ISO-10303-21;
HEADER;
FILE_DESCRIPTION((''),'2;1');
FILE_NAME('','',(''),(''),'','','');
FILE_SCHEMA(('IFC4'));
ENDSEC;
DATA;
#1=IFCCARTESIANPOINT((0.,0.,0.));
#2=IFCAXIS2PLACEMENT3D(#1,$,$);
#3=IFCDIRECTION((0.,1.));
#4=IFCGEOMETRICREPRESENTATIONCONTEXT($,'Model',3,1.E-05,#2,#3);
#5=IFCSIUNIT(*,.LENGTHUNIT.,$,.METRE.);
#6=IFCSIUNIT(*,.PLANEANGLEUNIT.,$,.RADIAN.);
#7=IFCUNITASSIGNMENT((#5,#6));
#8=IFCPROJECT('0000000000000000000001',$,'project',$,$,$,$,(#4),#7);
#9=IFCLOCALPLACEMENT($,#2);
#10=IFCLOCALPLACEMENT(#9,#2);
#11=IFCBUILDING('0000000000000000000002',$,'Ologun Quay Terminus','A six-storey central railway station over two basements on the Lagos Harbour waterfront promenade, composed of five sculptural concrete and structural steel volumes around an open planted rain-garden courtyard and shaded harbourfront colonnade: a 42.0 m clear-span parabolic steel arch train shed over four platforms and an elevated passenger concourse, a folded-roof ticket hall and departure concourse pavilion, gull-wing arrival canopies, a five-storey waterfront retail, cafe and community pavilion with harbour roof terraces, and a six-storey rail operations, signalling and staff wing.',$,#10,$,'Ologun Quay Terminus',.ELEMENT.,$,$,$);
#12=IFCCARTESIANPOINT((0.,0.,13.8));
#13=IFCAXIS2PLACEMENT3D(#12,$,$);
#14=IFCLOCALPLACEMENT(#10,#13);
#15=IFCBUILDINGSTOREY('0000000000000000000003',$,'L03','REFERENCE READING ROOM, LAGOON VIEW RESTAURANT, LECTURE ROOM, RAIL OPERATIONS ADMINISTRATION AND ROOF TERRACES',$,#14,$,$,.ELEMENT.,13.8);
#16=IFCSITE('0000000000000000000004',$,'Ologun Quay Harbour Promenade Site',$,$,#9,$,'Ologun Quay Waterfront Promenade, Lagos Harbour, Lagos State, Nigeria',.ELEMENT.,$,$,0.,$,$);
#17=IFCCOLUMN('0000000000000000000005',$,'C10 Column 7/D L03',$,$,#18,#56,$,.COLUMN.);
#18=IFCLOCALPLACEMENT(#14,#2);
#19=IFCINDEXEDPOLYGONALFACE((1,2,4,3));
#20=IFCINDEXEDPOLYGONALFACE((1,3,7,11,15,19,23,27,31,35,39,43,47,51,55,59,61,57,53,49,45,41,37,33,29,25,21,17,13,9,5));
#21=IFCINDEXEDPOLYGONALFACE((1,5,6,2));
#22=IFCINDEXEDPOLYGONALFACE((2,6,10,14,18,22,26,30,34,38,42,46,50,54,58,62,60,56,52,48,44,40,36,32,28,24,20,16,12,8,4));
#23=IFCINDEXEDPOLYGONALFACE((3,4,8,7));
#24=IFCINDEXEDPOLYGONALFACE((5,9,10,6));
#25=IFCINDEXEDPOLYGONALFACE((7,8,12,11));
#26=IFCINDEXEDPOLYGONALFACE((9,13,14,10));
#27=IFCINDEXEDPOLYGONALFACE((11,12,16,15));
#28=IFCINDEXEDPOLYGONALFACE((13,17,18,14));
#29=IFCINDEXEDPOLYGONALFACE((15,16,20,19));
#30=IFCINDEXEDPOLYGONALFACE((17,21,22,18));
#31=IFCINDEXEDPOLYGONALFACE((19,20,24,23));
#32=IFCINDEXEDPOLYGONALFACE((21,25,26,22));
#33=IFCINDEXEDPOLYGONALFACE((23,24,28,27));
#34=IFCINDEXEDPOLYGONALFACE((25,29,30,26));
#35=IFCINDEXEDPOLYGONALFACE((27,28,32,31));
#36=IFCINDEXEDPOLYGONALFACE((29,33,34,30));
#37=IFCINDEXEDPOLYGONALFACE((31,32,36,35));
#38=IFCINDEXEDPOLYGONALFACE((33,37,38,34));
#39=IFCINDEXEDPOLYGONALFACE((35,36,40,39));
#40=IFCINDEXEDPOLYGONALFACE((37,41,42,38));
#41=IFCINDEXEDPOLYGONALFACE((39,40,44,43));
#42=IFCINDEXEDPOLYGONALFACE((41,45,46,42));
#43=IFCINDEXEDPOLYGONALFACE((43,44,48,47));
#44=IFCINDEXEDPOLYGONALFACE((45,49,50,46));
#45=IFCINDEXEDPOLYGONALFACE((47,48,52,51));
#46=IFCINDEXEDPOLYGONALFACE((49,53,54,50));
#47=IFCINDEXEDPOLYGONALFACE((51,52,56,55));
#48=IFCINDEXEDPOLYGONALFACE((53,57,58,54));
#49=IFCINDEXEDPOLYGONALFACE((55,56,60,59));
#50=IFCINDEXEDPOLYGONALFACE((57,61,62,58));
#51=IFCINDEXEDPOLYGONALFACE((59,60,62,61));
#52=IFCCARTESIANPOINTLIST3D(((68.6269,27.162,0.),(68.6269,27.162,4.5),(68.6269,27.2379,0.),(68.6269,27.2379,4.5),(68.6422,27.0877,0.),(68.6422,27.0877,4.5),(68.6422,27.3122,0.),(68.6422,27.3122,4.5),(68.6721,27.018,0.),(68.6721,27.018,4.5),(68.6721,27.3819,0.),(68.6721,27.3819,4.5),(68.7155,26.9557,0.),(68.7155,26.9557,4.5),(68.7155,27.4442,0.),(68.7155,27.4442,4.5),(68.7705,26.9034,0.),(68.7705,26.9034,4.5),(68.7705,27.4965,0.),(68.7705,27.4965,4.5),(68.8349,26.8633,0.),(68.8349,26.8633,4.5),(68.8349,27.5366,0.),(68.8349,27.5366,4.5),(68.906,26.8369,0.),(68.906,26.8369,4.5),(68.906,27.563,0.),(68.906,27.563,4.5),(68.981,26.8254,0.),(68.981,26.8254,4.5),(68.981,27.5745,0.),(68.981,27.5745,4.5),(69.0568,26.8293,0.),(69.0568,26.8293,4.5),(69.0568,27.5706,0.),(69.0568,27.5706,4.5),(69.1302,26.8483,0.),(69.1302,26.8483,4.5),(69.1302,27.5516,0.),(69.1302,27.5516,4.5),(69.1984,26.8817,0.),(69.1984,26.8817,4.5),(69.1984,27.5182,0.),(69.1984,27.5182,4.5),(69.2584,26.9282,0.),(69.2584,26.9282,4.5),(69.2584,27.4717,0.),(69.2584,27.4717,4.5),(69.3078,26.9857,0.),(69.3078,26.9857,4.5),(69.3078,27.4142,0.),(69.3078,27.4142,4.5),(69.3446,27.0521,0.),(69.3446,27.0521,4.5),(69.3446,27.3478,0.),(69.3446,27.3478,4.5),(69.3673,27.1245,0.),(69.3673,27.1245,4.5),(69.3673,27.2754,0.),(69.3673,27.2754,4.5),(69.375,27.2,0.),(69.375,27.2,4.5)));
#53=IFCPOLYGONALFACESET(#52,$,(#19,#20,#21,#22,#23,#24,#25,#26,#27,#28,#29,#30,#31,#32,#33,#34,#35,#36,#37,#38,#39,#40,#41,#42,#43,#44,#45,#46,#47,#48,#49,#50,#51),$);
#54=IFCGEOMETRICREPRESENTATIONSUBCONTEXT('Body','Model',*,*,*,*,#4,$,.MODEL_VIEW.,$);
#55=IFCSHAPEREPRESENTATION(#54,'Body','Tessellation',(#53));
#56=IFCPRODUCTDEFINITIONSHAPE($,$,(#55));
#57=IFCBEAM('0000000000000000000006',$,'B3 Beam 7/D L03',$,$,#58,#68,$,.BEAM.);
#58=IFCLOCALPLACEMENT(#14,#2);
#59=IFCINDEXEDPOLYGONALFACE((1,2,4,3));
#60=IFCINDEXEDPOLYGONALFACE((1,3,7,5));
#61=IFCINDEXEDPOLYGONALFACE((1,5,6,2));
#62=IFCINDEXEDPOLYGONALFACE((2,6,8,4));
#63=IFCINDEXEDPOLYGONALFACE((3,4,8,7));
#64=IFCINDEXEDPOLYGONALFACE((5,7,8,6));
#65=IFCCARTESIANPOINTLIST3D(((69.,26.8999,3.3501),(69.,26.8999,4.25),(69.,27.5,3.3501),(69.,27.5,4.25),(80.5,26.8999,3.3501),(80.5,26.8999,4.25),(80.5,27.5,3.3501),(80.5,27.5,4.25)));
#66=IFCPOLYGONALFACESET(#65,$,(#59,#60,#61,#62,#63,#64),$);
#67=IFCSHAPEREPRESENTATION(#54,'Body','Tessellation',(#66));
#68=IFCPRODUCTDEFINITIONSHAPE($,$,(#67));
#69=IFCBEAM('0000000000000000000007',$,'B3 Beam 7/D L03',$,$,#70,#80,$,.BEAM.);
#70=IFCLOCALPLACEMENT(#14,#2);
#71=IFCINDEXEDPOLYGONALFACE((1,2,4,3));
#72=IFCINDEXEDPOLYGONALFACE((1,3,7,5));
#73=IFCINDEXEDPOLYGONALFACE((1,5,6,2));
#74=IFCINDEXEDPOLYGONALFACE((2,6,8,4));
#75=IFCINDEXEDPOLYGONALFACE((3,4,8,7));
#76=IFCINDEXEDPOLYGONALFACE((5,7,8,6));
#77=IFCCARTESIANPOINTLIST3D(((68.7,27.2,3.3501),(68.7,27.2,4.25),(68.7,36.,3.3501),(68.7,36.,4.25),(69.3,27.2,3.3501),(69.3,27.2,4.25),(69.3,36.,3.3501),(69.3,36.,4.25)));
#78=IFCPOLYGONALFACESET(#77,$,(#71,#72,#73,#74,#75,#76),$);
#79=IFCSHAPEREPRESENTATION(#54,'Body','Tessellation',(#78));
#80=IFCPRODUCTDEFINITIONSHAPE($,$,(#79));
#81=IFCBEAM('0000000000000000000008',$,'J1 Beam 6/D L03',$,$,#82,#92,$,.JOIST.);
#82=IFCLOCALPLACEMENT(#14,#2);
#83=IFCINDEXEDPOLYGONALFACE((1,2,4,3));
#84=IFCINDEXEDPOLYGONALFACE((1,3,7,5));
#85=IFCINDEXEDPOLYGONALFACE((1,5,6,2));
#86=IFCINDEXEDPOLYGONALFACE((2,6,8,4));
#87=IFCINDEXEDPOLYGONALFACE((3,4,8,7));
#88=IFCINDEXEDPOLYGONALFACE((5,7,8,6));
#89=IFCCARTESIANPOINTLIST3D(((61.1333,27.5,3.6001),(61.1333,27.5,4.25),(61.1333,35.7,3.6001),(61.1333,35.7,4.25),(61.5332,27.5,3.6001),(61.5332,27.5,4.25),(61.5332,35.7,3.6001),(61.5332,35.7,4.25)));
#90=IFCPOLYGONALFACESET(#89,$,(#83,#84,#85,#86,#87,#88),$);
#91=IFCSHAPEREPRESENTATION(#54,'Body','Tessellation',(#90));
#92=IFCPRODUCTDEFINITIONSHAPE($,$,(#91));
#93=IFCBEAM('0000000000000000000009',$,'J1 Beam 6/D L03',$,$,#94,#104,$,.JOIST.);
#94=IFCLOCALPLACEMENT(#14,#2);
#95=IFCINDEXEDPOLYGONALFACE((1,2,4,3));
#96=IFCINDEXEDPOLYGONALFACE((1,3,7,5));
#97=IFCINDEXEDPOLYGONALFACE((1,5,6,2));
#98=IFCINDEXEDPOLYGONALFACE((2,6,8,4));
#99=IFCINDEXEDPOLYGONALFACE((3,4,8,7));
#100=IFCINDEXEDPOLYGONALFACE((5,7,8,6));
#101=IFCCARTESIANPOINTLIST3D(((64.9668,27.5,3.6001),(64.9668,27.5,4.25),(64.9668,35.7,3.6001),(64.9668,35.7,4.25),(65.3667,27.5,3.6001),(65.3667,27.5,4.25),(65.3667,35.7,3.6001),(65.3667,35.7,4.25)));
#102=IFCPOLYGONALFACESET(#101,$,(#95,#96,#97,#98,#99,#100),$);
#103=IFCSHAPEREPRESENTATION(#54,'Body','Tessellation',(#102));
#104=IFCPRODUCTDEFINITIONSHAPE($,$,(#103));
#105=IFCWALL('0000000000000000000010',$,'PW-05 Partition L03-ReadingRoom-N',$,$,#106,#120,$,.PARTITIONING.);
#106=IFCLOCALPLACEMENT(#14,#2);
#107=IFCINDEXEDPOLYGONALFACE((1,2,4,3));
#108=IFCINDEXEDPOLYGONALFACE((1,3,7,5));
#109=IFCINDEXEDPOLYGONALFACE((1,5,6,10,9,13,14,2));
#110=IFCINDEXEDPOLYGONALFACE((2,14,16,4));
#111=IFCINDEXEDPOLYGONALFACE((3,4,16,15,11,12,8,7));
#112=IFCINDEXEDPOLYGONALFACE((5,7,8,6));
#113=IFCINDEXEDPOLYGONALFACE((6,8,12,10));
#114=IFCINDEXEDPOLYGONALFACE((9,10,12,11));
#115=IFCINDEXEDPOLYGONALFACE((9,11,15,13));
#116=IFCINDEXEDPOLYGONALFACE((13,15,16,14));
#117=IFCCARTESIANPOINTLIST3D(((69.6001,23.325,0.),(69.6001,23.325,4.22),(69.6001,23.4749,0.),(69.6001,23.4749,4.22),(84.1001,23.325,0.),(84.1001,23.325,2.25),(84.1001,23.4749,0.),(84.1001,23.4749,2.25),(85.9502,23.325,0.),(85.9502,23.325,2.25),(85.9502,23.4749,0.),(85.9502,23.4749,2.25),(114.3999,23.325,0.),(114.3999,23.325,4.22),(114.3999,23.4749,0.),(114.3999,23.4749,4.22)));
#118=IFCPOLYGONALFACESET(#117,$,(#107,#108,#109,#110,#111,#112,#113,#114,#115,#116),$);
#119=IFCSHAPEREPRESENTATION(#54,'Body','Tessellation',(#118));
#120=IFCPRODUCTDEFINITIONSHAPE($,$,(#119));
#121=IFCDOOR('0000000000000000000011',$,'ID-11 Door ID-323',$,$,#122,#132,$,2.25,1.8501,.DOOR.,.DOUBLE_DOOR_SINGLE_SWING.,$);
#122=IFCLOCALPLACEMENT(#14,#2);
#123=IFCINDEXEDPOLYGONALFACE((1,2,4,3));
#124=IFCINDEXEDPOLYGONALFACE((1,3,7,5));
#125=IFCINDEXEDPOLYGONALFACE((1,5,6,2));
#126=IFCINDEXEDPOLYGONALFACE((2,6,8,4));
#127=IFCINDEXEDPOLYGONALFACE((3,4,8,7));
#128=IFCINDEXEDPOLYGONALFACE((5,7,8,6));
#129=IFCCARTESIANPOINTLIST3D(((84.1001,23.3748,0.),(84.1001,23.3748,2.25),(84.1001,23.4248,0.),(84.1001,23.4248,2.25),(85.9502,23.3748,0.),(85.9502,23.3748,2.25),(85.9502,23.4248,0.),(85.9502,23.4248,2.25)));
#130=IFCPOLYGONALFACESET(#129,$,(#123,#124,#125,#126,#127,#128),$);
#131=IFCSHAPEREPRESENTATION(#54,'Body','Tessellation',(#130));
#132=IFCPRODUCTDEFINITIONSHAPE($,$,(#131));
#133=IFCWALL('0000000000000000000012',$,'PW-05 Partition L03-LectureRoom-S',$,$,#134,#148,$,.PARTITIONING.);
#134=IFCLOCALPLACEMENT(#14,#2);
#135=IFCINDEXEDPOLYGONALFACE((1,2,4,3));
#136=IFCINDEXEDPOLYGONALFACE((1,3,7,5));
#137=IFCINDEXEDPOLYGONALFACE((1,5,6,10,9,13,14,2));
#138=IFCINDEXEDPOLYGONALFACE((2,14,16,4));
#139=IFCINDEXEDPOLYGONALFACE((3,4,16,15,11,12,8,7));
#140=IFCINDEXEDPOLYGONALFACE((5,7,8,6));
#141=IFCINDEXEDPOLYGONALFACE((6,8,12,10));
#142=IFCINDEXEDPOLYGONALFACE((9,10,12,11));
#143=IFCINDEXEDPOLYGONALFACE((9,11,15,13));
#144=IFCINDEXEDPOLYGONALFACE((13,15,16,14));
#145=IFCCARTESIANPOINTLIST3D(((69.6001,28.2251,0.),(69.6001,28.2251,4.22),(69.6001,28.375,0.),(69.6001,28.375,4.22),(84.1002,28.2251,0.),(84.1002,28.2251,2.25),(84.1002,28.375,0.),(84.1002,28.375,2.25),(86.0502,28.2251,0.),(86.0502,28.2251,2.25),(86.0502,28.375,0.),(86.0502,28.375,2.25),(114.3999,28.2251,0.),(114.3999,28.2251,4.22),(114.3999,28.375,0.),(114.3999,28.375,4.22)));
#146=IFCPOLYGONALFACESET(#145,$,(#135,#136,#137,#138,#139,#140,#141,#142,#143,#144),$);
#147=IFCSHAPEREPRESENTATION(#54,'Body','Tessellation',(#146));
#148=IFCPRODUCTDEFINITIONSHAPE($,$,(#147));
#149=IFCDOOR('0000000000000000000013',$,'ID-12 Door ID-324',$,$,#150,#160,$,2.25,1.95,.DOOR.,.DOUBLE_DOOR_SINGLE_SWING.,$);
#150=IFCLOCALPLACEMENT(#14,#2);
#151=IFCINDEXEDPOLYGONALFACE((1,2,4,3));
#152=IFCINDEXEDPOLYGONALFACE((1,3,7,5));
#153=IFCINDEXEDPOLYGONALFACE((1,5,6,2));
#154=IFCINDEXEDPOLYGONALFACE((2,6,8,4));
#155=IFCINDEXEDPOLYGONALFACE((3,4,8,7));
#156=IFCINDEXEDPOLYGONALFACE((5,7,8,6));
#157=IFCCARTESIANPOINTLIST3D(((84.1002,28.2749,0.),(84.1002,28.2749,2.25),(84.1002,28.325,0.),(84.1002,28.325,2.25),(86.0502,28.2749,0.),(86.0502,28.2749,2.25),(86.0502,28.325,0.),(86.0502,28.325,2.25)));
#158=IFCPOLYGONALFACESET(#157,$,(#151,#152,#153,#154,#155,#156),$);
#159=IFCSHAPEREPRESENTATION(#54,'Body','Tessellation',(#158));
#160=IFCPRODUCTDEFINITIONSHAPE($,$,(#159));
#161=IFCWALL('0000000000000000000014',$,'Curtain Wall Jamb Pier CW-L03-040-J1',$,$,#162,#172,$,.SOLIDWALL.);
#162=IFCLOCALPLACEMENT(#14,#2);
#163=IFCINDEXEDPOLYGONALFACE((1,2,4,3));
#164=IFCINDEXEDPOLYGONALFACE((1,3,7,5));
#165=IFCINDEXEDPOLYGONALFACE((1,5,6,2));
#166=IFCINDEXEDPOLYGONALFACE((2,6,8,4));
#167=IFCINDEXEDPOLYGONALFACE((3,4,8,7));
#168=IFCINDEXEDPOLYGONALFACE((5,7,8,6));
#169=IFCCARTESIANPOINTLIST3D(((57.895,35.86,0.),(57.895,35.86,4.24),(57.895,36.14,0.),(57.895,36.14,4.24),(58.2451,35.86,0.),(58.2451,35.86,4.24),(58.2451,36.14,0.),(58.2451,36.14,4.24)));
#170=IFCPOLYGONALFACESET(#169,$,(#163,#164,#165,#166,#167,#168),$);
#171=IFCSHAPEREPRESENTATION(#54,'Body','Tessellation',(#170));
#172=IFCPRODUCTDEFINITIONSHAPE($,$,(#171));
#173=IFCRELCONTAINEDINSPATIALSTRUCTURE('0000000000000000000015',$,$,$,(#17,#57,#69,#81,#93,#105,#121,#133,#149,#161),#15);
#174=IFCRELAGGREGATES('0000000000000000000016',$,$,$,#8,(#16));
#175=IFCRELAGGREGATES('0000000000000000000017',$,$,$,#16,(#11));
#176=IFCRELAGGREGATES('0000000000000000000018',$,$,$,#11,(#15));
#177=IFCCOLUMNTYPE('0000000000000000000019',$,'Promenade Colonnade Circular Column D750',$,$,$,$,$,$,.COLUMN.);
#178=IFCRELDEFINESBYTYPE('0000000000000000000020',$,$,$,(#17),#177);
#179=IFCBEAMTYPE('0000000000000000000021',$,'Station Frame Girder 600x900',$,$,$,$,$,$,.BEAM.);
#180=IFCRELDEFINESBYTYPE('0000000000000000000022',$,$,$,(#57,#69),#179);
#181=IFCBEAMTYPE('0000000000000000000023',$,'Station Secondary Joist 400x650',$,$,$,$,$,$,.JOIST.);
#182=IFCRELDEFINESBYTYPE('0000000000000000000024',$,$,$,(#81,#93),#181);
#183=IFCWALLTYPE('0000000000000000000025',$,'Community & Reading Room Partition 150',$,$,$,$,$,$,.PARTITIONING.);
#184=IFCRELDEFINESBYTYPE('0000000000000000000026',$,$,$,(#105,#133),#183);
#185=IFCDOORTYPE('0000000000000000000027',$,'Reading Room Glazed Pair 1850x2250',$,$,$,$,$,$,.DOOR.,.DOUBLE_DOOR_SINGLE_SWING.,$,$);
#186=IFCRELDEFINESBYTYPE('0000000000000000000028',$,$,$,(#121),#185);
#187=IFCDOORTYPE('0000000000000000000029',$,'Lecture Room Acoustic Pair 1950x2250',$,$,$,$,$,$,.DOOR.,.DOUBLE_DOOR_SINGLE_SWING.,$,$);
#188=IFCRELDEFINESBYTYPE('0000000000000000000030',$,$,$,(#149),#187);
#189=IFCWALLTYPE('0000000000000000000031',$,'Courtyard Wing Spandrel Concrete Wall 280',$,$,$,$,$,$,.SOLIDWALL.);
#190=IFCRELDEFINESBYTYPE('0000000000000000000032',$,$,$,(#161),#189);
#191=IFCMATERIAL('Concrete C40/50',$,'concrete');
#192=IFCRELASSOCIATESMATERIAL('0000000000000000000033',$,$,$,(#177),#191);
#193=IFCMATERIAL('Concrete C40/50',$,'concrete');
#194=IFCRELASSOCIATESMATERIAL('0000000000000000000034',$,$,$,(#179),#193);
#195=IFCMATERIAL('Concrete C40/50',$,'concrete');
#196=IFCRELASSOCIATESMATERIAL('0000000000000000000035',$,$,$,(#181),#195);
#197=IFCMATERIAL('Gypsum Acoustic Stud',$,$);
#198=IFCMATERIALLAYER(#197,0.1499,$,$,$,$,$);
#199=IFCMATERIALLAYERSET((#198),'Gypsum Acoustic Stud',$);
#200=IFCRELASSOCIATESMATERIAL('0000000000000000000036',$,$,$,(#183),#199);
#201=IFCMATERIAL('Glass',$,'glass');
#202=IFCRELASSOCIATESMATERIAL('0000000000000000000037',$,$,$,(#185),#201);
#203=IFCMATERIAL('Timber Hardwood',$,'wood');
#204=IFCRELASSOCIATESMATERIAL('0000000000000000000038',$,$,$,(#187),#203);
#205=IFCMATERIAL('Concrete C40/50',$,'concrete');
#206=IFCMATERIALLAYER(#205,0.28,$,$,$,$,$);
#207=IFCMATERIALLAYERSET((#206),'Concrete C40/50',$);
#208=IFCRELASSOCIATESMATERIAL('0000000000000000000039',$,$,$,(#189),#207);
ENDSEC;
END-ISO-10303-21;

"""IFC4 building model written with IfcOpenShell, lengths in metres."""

from ifc_helpers import new_model, si_unit, direction, frame, frame_2d, origin, origin_2d, place, context, subcontext, project, spatial, rectangle, circle, extrude, material, layer, layer_set, material_profile, profile_set, type_object, element, fill, save


model = new_model("IFC4")

# Units and contexts
model_context = context("Model", 3, precision=1e-05, world=origin(), true_north=direction((0.0, 1.0)))
body_context = subcontext(model_context, "Body", "Model", "MODEL_VIEW")
ifc_project = project(units=[si_unit("LENGTHUNIT", "METRE"), si_unit("PLANEANGLEUNIT", "RADIAN")], contexts=[model_context])

# Site, building, storey
site_placement = place(None, origin())
site = spatial("IfcSite", under=ifc_project, at=site_placement, Name="Ologun Quay Harbour Promenade Site", LongName="Ologun Quay Waterfront Promenade, Lagos Harbour, Lagos State, Nigeria", CompositionType="ELEMENT", RefElevation=0.0)
building_placement = place(site_placement, origin())
building = spatial("IfcBuilding", under=site, at=building_placement, Name="Ologun Quay Terminus", Description="A six-storey central railway station over two basements on the Lagos Harbour waterfront promenade, composed of five sculptural concrete and structural steel volumes around an open planted rain-garden courtyard and shaded harbourfront colonnade: a 42.0 m clear-span parabolic steel arch train shed over four platforms and an elevated passenger concourse, a folded-roof ticket hall and departure concourse pavilion, gull-wing arrival canopies, a five-storey waterfront retail, cafe and community pavilion with harbour roof terraces, and a six-storey rail operations, signalling and staff wing.", LongName="Ologun Quay Terminus", CompositionType="ELEMENT")
storey_placement = place(building_placement, frame((0.0, 0.0, 13.8)))
storey = spatial("IfcBuildingStorey", under=building, at=storey_placement, Name="L03", Description="REFERENCE READING ROOM, LAGOON VIEW RESTAURANT, LECTURE ROOM, RAIL OPERATIONS ADMINISTRATION AND ROOF TERRACES", CompositionType="ELEMENT", Elevation=13.8)

# Column
ifc_material_1 = material(Name="Concrete C40/50", Category="concrete")
ifc_material_profile_1 = material_profile(ifc_material_1, circle(Radius=0.375, at=origin_2d()), Name="RC D750")
ifc_profile_set_1 = profile_set([ifc_material_profile_1], Name="Concrete C40/50")
column_type = type_object("IfcColumnType", Name="Promenade Colonnade Circular Column D750", PredefinedType="COLUMN", material=ifc_profile_set_1)
column_placement = place(storey_placement, frame((69.0, 27.2, 0.0), z_axis=(0.0, 0.0, 1.0), x_axis=(1.0, 0.0, 0.0)))
element("IfcColumn", 1, at=column_placement, inside=storey, type_object=column_type, Name="C10 Column 7/D L03", PredefinedType="COLUMN", context=body_context, shape_type="SweptSolid", body=[
    extrude(circle(Radius=0.375, at=origin_2d()), origin(), (0.0, 0.0, 1.0), 4.5),
])

# Beams
ifc_material_2 = material(Name="Concrete C40/50", Category="concrete")
ifc_material_profile_2 = material_profile(ifc_material_2, rectangle(XDim=0.6001, YDim=0.8999, at=origin_2d()), Name="RC 600x900")
ifc_profile_set_2 = profile_set([ifc_material_profile_2], Name="Concrete C40/50")
beam_type_1 = type_object("IfcBeamType", Name="Station Frame Girder 600x900", PredefinedType="BEAM", material=ifc_profile_set_2)
beam_1_placement = place(storey_placement, frame((69.0, 27.2, 3.8), z_axis=(1.0, 0.0, 0.0), x_axis=(0.0, 1.0, 0.0)))
element("IfcBeam", 2, at=beam_1_placement, inside=storey, type_object=beam_type_1, Name="B3 Beam 7/D L03", PredefinedType="BEAM", context=body_context, shape_type="SweptSolid", body=[
    extrude(rectangle(XDim=0.6001, YDim=0.8999, at=origin_2d()), origin(), (0.0, 0.0, 1.0), 11.5),
])
beam_2_placement = place(storey_placement, frame((69.0, 27.2, 3.8), z_axis=(0.0, 1.0, 0.0), x_axis=(-1.0, 0.0, 0.0)))
element("IfcBeam", 3, at=beam_2_placement, inside=storey, type_object=beam_type_1, Name="B3 Beam 7/D L03", PredefinedType="BEAM", context=body_context, shape_type="SweptSolid", body=[
    extrude(rectangle(XDim=0.6001, YDim=0.8999, at=origin_2d()), origin(), (0.0, 0.0, 1.0), 8.8),
])
ifc_material_3 = material(Name="Concrete C40/50", Category="concrete")
ifc_material_profile_3 = material_profile(ifc_material_3, rectangle(XDim=0.3999, YDim=0.6499, at=origin_2d()), Name="RC 400x650")
ifc_profile_set_3 = profile_set([ifc_material_profile_3], Name="Concrete C40/50")
beam_type_2 = type_object("IfcBeamType", Name="Station Secondary Joist 400x650", PredefinedType="JOIST", material=ifc_profile_set_3)
for number, where, z_axis, x_axis, name in (
    (4, (61.3333, 27.5, 3.925), (0.0, 1.0, 0.0), (-1.0, 0.0, 0.0), "J1 Beam 6/D L03"),
    (5, (65.1667, 27.5, 3.925), (0.0, 1.0, 0.0), (-1.0, 0.0, 0.0), "J1 Beam 6/D L03"),
):
    element("IfcBeam", number, at=place(storey_placement, frame(where, z_axis=z_axis, x_axis=x_axis)), inside=storey, type_object=beam_type_2, Name=name, PredefinedType="JOIST", context=body_context, shape_type="SweptSolid", body=[
        extrude(rectangle(XDim=0.3999, YDim=0.6499, at=origin_2d()), origin(), (0.0, 0.0, 1.0), 8.2),
    ])

# Walls, openings, doors
ifc_material_4 = material(Name="Gypsum Acoustic Stud")
ifc_layer_1 = layer(ifc_material_4, 0.1499)
ifc_layer_set_1 = layer_set([ifc_layer_1], Name="Gypsum Acoustic Stud")
wall_type_1 = type_object("IfcWallType", Name="Community & Reading Room Partition 150", PredefinedType="PARTITIONING", material=ifc_layer_set_1)
wall_1_placement = place(storey_placement, frame((69.6001, 23.3999, 0.0), z_axis=(0.0, 0.0, 1.0), x_axis=(1.0, 0.0, 0.0)))
wall_1 = element("IfcWall", 6, at=wall_1_placement, inside=storey, type_object=wall_type_1, Name="PW-05 Partition L03-ReadingRoom-N", PredefinedType="PARTITIONING", context=body_context, shape_type="SweptSolid", body=[
    extrude(rectangle(XDim=44.7998, YDim=0.1499, at=frame_2d((22.3999, 0.0))), origin(), (0.0, 0.0, 1.0), 4.22),
])
opening_1_placement = place(wall_1_placement, frame((14.5, 0.0, 0.0)))
opening_1 = element("IfcOpeningElement", 7, at=opening_1_placement, cuts=wall_1, PredefinedType="OPENING", context=body_context, shape_type="SweptSolid", body=[
    extrude(rectangle(XDim=1.8501, YDim=2.25, at=frame_2d((0.925, 1.125))), frame((0.0, 0.085, 0.0), z_axis=(0.0, -1.0, 0.0), x_axis=(1.0, 0.0, 0.0)), (0.0, 0.0, 1.0), 0.1699),
])
ifc_material_5 = material(Name="Glass", Category="glass")
door_type_1 = type_object("IfcDoorType", Name="Reading Room Glazed Pair 1850x2250", OperationType="DOUBLE_DOOR_SINGLE_SWING", PredefinedType="DOOR", material=ifc_material_5)
door_1_placement = place(opening_1_placement, origin())
door_1 = element("IfcDoor", 8, at=door_1_placement, inside=storey, type_object=door_type_1, Name="ID-11 Door ID-323", OperationType="DOUBLE_DOOR_SINGLE_SWING", OverallHeight=2.25, OverallWidth=1.8501, PredefinedType="DOOR", context=body_context, shape_type="SweptSolid", body=[
    extrude(rectangle(XDim=1.8501, YDim=2.25, at=frame_2d((0.925, 1.125))), frame((0.0, 0.0249, 0.0), z_axis=(0.0, -1.0, 0.0), x_axis=(1.0, 0.0, 0.0)), (0.0, 0.0, 1.0), 0.05),
])
fill(opening_1, door_1)
wall_2_placement = place(storey_placement, frame((69.6001, 28.3, 0.0), z_axis=(0.0, 0.0, 1.0), x_axis=(1.0, 0.0, 0.0)))
wall_2 = element("IfcWall", 9, at=wall_2_placement, inside=storey, type_object=wall_type_1, Name="PW-05 Partition L03-LectureRoom-S", PredefinedType="PARTITIONING", context=body_context, shape_type="SweptSolid", body=[
    extrude(rectangle(XDim=44.7998, YDim=0.1499, at=frame_2d((22.3999, 0.0))), origin(), (0.0, 0.0, 1.0), 4.22),
])
opening_2_placement = place(wall_2_placement, frame((14.5, 0.0, 0.0)))
opening_2 = element("IfcOpeningElement", 10, at=opening_2_placement, cuts=wall_2, PredefinedType="OPENING", context=body_context, shape_type="SweptSolid", body=[
    extrude(rectangle(XDim=1.95, YDim=2.25, at=frame_2d((0.9751, 1.125))), frame((0.0, 0.085, 0.0), z_axis=(0.0, -1.0, 0.0), x_axis=(1.0, 0.0, 0.0)), (0.0, 0.0, 1.0), 0.1699),
])
ifc_material_6 = material(Name="Timber Hardwood", Category="wood")
door_type_2 = type_object("IfcDoorType", Name="Lecture Room Acoustic Pair 1950x2250", OperationType="DOUBLE_DOOR_SINGLE_SWING", PredefinedType="DOOR", material=ifc_material_6)
door_2_placement = place(opening_2_placement, origin())
door_2 = element("IfcDoor", 11, at=door_2_placement, inside=storey, type_object=door_type_2, Name="ID-12 Door ID-324", OperationType="DOUBLE_DOOR_SINGLE_SWING", OverallHeight=2.25, OverallWidth=1.95, PredefinedType="DOOR", context=body_context, shape_type="SweptSolid", body=[
    extrude(rectangle(XDim=1.95, YDim=2.25, at=frame_2d((0.9751, 1.125))), frame((0.0, 0.0249, 0.0), z_axis=(0.0, -1.0, 0.0), x_axis=(1.0, 0.0, 0.0)), (0.0, 0.0, 1.0), 0.05),
])
fill(opening_2, door_2)

# Wall
ifc_material_7 = material(Name="Concrete C40/50", Category="concrete")
ifc_layer_2 = layer(ifc_material_7, 0.28)
ifc_layer_set_2 = layer_set([ifc_layer_2], Name="Concrete C40/50")
wall_type_2 = type_object("IfcWallType", Name="Courtyard Wing Spandrel Concrete Wall 280", PredefinedType="SOLIDWALL", material=ifc_layer_set_2)
wall_3_placement = place(storey_placement, frame((57.895, 36.0, 0.0), z_axis=(0.0, 0.0, 1.0), x_axis=(1.0, 0.0, 0.0)))
element("IfcWall", 12, at=wall_3_placement, inside=storey, type_object=wall_type_2, Name="Curtain Wall Jamb Pier CW-L03-040-J1", PredefinedType="SOLIDWALL", context=body_context, shape_type="SweptSolid", body=[
    extrude(rectangle(XDim=0.3501, YDim=0.28, at=frame_2d((0.175, 0.0))), origin(), (0.0, 0.0, 1.0), 4.24),
])

save(model, "model.ifc")
